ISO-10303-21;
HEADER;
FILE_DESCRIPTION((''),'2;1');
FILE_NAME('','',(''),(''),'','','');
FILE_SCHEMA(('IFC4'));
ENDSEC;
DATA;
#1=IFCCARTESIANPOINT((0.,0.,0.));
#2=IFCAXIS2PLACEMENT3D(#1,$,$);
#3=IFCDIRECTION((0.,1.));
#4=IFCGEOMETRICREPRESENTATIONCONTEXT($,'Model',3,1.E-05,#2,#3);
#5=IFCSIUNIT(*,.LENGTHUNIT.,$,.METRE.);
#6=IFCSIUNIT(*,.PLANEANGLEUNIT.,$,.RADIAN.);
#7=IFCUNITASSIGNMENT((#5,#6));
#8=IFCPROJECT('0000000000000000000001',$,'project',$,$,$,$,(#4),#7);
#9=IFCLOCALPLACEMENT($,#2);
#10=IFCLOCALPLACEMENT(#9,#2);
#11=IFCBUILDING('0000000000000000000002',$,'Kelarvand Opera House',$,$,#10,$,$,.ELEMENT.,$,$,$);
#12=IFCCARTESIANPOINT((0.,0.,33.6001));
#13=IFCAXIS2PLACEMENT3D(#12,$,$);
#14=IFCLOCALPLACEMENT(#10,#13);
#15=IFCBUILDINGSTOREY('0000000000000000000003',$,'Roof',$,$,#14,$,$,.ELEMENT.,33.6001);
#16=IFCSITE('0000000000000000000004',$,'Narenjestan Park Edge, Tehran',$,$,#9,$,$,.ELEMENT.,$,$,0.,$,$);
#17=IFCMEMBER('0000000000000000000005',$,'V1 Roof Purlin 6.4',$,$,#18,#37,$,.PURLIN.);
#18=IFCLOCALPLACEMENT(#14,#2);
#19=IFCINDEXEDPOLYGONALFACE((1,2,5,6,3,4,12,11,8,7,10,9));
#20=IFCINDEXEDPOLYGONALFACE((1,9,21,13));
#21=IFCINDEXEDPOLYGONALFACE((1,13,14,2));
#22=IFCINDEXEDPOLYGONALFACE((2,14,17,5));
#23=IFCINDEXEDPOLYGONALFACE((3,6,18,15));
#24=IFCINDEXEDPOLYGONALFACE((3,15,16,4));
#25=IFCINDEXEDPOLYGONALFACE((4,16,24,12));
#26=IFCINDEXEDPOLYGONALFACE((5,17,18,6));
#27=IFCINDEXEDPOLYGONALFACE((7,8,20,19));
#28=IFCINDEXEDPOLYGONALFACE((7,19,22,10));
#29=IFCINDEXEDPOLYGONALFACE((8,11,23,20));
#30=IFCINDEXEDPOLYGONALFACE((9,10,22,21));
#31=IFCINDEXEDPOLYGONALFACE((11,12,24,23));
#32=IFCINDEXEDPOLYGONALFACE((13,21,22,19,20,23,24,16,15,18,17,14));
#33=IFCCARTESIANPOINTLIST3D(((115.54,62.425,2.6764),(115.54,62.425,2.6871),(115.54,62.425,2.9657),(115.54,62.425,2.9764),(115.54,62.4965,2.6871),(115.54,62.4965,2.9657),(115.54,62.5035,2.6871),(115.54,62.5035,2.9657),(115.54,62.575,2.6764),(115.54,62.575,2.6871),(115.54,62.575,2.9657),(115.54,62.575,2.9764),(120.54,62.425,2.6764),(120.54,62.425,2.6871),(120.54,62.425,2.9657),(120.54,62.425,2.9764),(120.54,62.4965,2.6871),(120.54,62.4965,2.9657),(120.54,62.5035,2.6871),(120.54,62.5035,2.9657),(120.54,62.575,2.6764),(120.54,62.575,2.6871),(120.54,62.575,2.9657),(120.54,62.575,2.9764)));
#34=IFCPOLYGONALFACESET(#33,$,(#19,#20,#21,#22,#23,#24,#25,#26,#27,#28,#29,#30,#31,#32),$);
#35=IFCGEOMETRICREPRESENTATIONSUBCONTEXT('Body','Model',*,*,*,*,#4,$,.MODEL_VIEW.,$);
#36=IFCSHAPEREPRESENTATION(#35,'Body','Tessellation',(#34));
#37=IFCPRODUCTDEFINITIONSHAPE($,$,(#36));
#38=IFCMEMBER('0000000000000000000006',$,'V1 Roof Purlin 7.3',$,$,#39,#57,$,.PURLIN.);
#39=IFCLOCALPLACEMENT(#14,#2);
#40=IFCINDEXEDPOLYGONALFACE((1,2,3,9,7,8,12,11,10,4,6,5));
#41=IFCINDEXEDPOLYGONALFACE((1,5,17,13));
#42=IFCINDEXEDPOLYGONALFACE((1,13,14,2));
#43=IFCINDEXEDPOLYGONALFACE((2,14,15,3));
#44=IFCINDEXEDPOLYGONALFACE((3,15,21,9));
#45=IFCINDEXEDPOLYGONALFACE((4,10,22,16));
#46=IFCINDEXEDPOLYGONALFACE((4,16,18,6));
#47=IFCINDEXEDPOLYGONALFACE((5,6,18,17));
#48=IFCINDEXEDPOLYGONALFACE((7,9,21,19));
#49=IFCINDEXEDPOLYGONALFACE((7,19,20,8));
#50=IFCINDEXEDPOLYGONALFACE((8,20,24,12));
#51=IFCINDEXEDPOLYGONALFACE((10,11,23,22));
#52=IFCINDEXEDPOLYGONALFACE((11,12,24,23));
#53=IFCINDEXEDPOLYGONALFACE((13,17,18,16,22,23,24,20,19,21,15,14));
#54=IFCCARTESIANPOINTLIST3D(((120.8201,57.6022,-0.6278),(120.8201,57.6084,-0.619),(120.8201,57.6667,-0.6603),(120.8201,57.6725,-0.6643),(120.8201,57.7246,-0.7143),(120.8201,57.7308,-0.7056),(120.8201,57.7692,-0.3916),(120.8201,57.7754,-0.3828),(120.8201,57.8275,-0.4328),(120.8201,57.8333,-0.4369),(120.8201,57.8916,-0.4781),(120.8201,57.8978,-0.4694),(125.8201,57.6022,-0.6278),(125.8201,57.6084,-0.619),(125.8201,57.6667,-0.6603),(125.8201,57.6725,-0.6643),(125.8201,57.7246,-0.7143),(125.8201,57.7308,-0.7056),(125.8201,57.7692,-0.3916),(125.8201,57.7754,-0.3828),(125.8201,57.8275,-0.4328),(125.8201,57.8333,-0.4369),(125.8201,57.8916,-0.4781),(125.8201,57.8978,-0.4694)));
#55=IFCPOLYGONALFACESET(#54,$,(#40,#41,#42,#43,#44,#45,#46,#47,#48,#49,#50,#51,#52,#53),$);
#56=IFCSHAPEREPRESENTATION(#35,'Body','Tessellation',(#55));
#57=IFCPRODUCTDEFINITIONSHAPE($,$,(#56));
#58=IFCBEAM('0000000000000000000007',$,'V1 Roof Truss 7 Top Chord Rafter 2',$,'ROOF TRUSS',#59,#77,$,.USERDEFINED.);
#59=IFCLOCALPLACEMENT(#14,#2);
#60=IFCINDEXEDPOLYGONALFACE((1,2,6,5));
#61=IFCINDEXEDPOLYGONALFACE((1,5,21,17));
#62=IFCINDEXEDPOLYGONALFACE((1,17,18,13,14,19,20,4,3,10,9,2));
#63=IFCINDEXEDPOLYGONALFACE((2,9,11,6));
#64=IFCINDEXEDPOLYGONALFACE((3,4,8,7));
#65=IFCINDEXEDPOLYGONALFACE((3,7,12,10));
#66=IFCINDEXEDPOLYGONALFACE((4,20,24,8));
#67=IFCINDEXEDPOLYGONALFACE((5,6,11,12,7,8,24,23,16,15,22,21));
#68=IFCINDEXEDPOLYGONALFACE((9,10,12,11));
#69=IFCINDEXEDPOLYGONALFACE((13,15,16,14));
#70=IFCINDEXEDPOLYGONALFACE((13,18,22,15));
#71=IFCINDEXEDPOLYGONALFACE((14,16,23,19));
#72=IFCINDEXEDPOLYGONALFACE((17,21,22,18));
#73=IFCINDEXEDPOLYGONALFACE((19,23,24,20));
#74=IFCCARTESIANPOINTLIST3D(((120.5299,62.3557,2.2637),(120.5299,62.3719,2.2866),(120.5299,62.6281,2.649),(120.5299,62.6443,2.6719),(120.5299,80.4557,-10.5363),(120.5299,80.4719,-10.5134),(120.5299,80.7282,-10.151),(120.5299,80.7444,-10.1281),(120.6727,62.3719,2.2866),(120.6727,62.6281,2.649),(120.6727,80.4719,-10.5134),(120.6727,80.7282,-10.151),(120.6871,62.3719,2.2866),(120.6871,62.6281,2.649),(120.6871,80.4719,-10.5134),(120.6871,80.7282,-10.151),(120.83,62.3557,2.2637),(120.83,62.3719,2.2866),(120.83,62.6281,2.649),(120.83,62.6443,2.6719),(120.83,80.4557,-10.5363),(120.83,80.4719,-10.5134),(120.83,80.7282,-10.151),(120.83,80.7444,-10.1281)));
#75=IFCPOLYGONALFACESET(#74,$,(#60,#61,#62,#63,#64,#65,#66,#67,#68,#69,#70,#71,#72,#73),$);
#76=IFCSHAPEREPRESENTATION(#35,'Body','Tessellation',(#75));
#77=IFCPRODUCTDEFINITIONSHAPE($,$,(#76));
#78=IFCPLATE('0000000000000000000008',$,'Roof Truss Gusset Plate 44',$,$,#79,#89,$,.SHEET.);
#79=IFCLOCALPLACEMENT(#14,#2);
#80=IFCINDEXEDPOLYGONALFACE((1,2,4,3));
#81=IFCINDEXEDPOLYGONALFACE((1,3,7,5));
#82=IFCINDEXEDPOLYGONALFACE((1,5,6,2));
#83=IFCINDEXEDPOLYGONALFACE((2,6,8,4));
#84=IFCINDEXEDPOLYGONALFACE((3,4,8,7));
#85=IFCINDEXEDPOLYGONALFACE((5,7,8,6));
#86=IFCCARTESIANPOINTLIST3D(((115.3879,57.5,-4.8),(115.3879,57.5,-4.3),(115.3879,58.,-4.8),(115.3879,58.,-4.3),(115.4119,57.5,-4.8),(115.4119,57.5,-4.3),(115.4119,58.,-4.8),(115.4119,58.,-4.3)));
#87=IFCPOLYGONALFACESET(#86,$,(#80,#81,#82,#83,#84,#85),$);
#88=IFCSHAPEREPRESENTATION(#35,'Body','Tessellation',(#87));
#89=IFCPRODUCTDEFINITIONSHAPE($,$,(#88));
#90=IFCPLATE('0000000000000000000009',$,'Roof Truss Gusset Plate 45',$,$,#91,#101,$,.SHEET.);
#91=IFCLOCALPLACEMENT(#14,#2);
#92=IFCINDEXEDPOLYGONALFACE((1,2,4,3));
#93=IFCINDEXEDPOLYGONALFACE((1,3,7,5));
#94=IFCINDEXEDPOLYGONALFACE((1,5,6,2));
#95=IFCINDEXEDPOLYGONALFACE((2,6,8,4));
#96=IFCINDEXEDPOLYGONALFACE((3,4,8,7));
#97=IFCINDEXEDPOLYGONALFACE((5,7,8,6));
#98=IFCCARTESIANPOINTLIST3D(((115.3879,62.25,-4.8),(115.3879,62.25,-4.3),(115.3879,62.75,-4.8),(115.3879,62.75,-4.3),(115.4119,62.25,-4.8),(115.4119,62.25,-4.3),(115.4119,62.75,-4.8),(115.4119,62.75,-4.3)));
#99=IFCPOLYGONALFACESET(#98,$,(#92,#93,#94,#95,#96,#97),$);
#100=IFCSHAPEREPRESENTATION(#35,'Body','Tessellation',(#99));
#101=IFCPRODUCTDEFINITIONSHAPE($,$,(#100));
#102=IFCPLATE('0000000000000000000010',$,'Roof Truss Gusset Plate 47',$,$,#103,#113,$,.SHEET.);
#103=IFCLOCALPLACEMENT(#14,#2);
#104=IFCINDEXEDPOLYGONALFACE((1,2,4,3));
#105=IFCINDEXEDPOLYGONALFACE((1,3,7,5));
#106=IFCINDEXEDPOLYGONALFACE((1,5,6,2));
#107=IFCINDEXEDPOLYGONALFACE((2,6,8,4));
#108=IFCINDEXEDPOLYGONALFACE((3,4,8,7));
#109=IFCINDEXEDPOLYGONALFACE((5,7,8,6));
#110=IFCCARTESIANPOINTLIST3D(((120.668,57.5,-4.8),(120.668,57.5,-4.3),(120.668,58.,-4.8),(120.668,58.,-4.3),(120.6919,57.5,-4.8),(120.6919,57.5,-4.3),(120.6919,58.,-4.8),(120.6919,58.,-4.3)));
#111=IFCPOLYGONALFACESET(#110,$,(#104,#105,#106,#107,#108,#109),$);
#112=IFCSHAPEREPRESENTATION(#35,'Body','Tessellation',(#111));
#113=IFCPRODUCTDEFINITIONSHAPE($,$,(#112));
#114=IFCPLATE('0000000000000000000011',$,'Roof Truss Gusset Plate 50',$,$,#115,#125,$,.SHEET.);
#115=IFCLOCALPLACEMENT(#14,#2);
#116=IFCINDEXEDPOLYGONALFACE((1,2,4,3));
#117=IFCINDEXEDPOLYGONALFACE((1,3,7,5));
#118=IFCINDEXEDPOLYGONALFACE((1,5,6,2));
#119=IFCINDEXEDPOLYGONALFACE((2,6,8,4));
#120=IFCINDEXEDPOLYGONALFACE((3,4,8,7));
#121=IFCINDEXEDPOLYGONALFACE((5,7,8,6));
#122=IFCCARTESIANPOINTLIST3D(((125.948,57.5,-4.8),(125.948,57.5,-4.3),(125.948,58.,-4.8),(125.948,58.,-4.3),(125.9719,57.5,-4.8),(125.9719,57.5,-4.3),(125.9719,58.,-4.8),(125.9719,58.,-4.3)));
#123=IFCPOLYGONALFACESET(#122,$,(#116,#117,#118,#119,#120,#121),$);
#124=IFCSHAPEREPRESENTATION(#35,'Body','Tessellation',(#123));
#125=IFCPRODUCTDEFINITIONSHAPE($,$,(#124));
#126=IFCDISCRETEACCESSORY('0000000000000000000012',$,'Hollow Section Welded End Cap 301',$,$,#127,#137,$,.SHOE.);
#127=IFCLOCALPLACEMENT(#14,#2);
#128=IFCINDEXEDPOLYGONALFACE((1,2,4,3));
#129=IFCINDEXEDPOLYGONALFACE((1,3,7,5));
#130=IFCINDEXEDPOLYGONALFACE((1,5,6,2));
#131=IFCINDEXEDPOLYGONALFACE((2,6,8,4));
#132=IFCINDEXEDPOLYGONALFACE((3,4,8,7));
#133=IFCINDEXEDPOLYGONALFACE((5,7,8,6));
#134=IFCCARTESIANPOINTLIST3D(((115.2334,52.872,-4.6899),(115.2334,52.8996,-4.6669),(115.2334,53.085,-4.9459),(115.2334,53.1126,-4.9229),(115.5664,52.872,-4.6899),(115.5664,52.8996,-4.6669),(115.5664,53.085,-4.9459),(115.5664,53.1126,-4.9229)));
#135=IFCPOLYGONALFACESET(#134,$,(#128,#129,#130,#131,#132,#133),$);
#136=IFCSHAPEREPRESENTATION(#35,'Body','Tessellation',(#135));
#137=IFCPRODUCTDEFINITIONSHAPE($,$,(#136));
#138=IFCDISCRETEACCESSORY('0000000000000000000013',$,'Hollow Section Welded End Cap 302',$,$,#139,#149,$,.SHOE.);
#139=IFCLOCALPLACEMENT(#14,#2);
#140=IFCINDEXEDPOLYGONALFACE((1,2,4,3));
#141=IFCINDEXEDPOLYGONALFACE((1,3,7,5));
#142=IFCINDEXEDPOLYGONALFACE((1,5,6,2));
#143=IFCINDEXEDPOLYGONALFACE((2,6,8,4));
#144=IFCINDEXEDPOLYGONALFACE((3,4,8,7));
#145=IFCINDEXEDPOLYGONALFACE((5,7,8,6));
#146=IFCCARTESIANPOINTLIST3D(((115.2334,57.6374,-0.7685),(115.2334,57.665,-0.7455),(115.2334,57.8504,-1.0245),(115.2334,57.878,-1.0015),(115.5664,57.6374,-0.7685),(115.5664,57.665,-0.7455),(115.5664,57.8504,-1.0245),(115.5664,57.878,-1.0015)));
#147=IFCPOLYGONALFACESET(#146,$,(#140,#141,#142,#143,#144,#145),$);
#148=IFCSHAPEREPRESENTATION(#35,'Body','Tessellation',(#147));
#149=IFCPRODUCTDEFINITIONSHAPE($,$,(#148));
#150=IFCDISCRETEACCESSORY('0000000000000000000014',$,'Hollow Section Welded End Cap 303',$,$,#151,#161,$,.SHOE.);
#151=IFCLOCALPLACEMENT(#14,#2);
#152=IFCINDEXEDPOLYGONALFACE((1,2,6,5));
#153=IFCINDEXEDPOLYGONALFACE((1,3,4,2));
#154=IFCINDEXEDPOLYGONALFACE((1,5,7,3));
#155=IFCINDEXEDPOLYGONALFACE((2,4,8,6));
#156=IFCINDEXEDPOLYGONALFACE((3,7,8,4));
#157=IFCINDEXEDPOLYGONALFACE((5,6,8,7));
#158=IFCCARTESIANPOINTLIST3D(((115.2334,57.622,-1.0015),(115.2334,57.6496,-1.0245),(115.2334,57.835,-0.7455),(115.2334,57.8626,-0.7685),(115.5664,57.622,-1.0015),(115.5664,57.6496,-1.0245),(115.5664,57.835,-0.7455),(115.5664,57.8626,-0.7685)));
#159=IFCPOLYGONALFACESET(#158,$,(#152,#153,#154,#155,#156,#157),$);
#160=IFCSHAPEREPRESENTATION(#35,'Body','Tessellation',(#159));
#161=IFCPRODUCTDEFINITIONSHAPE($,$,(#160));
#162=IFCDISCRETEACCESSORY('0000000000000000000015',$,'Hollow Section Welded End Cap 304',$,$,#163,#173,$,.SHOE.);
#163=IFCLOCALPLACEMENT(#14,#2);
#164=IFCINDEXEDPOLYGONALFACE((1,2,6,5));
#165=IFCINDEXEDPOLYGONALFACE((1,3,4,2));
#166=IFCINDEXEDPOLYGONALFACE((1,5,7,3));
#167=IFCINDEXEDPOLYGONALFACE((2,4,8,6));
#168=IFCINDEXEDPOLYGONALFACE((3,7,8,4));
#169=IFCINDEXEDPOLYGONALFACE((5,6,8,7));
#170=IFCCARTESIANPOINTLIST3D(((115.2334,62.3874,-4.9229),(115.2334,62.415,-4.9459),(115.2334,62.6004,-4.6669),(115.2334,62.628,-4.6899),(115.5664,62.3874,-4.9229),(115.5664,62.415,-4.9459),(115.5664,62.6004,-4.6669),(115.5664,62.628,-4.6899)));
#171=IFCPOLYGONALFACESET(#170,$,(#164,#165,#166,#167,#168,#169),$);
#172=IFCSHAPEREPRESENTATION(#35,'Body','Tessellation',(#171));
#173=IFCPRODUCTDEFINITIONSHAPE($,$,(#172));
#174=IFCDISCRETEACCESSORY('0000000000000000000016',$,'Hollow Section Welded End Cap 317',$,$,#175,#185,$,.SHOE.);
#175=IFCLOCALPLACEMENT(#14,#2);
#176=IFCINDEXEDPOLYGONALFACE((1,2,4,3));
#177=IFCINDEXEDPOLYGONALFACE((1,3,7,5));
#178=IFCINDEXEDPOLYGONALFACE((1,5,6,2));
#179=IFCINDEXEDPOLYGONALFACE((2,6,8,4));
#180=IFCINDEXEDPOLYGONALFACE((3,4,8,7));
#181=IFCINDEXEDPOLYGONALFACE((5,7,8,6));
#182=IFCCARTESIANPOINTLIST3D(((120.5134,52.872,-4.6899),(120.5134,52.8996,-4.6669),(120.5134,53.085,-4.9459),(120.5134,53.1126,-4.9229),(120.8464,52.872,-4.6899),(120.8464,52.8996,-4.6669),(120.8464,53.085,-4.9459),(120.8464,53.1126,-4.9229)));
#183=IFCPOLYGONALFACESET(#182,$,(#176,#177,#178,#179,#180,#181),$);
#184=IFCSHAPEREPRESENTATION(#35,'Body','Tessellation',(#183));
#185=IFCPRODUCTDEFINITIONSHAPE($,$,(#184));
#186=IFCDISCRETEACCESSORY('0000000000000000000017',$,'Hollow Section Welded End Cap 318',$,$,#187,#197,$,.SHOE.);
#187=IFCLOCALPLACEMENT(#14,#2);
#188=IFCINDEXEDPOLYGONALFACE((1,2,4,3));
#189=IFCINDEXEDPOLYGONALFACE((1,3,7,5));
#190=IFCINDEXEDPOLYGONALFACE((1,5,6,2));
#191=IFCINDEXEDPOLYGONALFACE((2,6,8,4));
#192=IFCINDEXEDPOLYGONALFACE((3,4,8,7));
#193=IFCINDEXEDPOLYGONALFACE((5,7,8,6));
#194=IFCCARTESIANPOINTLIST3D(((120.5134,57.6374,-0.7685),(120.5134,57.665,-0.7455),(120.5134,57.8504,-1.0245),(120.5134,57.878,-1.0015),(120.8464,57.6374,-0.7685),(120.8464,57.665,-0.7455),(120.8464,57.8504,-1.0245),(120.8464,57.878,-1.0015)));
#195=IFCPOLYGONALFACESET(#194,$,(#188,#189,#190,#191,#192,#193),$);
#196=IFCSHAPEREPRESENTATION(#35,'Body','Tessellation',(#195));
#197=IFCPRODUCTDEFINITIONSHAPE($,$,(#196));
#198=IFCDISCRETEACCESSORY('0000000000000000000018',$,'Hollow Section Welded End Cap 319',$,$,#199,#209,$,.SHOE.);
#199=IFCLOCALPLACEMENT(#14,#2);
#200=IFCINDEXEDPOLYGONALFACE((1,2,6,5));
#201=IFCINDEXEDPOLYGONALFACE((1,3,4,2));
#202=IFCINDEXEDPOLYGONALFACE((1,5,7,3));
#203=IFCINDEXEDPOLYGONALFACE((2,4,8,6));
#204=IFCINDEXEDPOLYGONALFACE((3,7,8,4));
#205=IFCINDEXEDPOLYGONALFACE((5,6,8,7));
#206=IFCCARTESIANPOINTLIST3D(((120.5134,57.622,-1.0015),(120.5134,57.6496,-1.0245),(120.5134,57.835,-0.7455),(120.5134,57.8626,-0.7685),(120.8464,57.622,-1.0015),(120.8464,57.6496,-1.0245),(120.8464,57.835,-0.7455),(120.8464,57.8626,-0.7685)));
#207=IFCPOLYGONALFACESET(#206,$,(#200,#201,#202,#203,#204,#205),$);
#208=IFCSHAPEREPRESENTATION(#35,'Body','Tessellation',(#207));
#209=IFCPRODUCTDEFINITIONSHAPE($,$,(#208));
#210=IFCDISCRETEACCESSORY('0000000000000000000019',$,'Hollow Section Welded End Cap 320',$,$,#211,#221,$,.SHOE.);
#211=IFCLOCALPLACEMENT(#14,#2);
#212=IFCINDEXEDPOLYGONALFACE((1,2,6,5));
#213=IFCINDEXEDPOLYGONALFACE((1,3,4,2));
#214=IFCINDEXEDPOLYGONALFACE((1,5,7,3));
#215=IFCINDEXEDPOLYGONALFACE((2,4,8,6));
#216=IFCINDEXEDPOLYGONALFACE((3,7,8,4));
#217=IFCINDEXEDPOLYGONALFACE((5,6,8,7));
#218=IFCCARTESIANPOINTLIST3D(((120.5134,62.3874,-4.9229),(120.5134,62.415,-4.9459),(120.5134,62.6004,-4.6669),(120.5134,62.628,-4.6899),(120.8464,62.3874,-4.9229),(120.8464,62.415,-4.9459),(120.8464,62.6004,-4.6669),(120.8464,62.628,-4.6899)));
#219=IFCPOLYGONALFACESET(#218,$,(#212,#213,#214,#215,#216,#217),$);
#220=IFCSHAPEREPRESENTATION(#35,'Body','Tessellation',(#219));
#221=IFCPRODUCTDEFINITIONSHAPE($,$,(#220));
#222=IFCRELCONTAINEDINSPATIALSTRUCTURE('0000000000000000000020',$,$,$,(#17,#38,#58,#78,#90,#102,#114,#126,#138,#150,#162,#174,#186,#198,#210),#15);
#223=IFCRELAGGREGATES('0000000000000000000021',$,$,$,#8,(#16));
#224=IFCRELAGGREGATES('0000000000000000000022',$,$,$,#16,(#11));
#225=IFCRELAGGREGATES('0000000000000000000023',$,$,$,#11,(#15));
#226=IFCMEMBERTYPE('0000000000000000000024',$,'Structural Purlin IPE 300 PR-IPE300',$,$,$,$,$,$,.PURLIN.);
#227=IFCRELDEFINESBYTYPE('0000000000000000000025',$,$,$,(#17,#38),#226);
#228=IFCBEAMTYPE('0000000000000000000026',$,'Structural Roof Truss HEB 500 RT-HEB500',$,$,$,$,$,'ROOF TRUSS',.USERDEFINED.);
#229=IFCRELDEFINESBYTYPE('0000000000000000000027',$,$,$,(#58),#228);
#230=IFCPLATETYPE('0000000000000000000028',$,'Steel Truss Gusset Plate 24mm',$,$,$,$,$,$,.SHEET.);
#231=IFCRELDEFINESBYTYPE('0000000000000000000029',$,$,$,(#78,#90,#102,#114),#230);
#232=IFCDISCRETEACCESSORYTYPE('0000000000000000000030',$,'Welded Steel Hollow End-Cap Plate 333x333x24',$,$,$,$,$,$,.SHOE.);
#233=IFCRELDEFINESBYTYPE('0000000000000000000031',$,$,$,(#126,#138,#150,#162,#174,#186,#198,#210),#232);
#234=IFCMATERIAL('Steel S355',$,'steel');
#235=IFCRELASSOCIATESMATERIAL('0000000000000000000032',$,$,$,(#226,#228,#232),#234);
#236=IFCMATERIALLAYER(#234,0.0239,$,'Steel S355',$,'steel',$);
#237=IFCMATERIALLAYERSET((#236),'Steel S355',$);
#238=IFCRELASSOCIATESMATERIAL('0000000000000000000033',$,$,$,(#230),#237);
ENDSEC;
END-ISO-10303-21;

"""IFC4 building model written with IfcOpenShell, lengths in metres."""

from ifc_helpers import new_model, si_unit, direction, frame, origin, origin_2d, place, context, subcontext, project, spatial, rectangle, i_section, extrude, material, layer, layer_set, material_profile, profile_set, type_object, element, save


model = new_model("IFC4")

# Units and contexts
model_context = context("Model", 3, precision=1e-05, world=origin(), true_north=direction((0.0, 1.0)))
body_context = subcontext(model_context, "Body", "Model", "MODEL_VIEW")
ifc_project = project(units=[si_unit("LENGTHUNIT", "METRE"), si_unit("PLANEANGLEUNIT", "RADIAN")], contexts=[model_context])

# Site, building, storey
site_placement = place(None, origin())
site = spatial("IfcSite", under=ifc_project, at=site_placement, Name="Narenjestan Park Edge, Tehran", CompositionType="ELEMENT", RefElevation=0.0)
building_placement = place(site_placement, origin())
building = spatial("IfcBuilding", under=site, at=building_placement, Name="Kelarvand Opera House", CompositionType="ELEMENT")
storey_placement = place(building_placement, frame((0.0, 0.0, 33.6001)))
storey = spatial("IfcBuildingStorey", under=building, at=storey_placement, Name="Roof", CompositionType="ELEMENT", Elevation=33.6001)

# Members
ifc_material = material(Name="Steel S355", Category="steel")
ifc_material_profile_1 = material_profile(ifc_material, i_section(OverallWidth=0.1499, OverallDepth=0.3, WebThickness=0.0071, FlangeThickness=0.0107, at=origin_2d()), Name="IPE 300", Category="steel")
ifc_profile_set_1 = profile_set([ifc_material_profile_1], Name="Steel S355")
member_type_1 = type_object("IfcMemberType", Name="Structural Purlin IPE 300 PR-IPE300", PredefinedType="PURLIN", material=ifc_profile_set_1)
for number, where, z_axis, x_axis, name in (
    (1, (115.54, 62.5, 2.8264), (1.0, 0.0, 0.0), (0.0, 1.0, 0.0), "V1 Roof Purlin 6.4"),
    (2, (120.8201, 57.75, -0.5486), (1.0, 0.0, 0.0), (0.0, 0.81644, -0.57743), "V1 Roof Purlin 7.3"),
):
    element("IfcMember", number, at=place(storey_placement, frame(where, z_axis=z_axis, x_axis=x_axis)), inside=storey, type_object=member_type_1, Name=name, PredefinedType="PURLIN", context=body_context, shape_type="SweptSolid", body=[
        extrude(i_section(OverallWidth=0.1499, OverallDepth=0.3, WebThickness=0.0071, FlangeThickness=0.0107, at=origin_2d()), origin(), (0.0, 0.0, 1.0), 5.0),
    ])

# Beam
ifc_material_profile_2 = material_profile(ifc_material, i_section(OverallWidth=0.3, OverallDepth=0.5, WebThickness=0.0144, FlangeThickness=0.0281, at=origin_2d()), Name="HEB 500", Category="steel")
ifc_profile_set_2 = profile_set([ifc_material_profile_2], Name="Steel S355")
beam_type = type_object("IfcBeamType", Name="Structural Roof Truss HEB 500 RT-HEB500", ElementType="ROOF TRUSS", PredefinedType="USERDEFINED", material=ifc_profile_set_2)
beam_placement = place(storey_placement, frame((120.6799, 62.5, 2.4678), z_axis=(0.0, 0.816468, -0.577391), x_axis=(-1.0, 0.0, 0.0)))
element("IfcBeam", 3, at=beam_placement, inside=storey, type_object=beam_type, Name="V1 Roof Truss 7 Top Chord Rafter 2", ObjectType="ROOF TRUSS", PredefinedType="USERDEFINED", context=body_context, shape_type="SweptSolid", body=[
    extrude(i_section(OverallWidth=0.3, OverallDepth=0.5, WebThickness=0.0144, FlangeThickness=0.0281, at=origin_2d()), origin(), (0.0, 0.0, 1.0), 22.1687),
])

# Plates
ifc_layer = layer(ifc_material, 0.0239, Name="Steel S355", Category="steel")
ifc_layer_set = layer_set([ifc_layer], Name="Steel S355")
plate_type = type_object("IfcPlateType", Name="Steel Truss Gusset Plate 24mm", PredefinedType="SHEET", material=ifc_layer_set)
for number, where, z_axis, x_axis, name in (
    (4, (115.3999, 57.75, -4.8), (0.0, 0.0, 1.0), (1.0, 0.0, 0.0), "Roof Truss Gusset Plate 44"),
    (5, (115.3999, 62.5, -4.8), (0.0, 0.0, 1.0), (1.0, 0.0, 0.0), "Roof Truss Gusset Plate 45"),
    (6, (120.6799, 57.75, -4.8), (0.0, 0.0, 1.0), (1.0, 0.0, 0.0), "Roof Truss Gusset Plate 47"),
    (7, (125.96, 57.75, -4.8), (0.0, 0.0, 1.0), (1.0, 0.0, 0.0), "Roof Truss Gusset Plate 50"),
):
    element("IfcPlate", number, at=place(storey_placement, frame(where, z_axis=z_axis, x_axis=x_axis)), inside=storey, type_object=plate_type, Name=name, PredefinedType="SHEET", context=body_context, shape_type="SweptSolid", body=[
        extrude(rectangle(XDim=0.0239, YDim=0.5, at=origin_2d()), origin(), (0.0, 0.0, 1.0), 0.5),
    ])

# Discrete accessories
ifc_material_profile_3 = material_profile(ifc_material, rectangle(XDim=0.333, YDim=0.333, at=origin_2d()), Name="Welded Steel Hollow End-Cap Plate 333x333x24", Category="steel")
ifc_profile_set_3 = profile_set([ifc_material_profile_3], Name="Steel S355")
discrete_accessory_type = type_object("IfcDiscreteAccessoryType", Name="Welded Steel Hollow End-Cap Plate 333x333x24", PredefinedType="SHOE", material=ifc_profile_set_3)
for number, where, z_axis, x_axis, name in (
    (8, (115.3999, 53.0061, -4.7949), (0.0, -0.768779, -0.639515), (1.0, 0.0, 0.0), "Hollow Section Welded End Cap 301"),
    (9, (115.3999, 57.7439, -0.8965), (0.0, 0.768779, 0.639515), (-1.0, 0.0, 0.0), "Hollow Section Welded End Cap 302"),
    (10, (115.3999, 57.7561, -0.8965), (0.0, -0.768779, 0.639515), (1.0, 0.0, 0.0), "Hollow Section Welded End Cap 303"),
    (11, (115.3999, 62.4939, -4.7949), (0.0, 0.768779, -0.639515), (-1.0, 0.0, 0.0), "Hollow Section Welded End Cap 304"),
    (12, (120.6799, 53.0061, -4.7949), (0.0, -0.768779, -0.639515), (1.0, 0.0, 0.0), "Hollow Section Welded End Cap 317"),
    (13, (120.6799, 57.7439, -0.8965), (0.0, 0.768779, 0.639515), (-1.0, 0.0, 0.0), "Hollow Section Welded End Cap 318"),
    (14, (120.6799, 57.7561, -0.8965), (0.0, -0.768779, 0.639515), (1.0, 0.0, 0.0), "Hollow Section Welded End Cap 319"),
    (15, (120.6799, 62.4939, -4.7949), (0.0, 0.768779, -0.639515), (-1.0, 0.0, 0.0), "Hollow Section Welded End Cap 320"),
):
    element("IfcDiscreteAccessory", number, at=place(storey_placement, frame(where, z_axis=z_axis, x_axis=x_axis)), inside=storey, type_object=discrete_accessory_type, Name=name, PredefinedType="SHOE", context=body_context, shape_type="SweptSolid", body=[
        extrude(rectangle(XDim=0.333, YDim=0.333, at=origin_2d()), origin(), (0.0, 0.0, 1.0), 0.0359),
    ])

save(model, "model.ifc")
